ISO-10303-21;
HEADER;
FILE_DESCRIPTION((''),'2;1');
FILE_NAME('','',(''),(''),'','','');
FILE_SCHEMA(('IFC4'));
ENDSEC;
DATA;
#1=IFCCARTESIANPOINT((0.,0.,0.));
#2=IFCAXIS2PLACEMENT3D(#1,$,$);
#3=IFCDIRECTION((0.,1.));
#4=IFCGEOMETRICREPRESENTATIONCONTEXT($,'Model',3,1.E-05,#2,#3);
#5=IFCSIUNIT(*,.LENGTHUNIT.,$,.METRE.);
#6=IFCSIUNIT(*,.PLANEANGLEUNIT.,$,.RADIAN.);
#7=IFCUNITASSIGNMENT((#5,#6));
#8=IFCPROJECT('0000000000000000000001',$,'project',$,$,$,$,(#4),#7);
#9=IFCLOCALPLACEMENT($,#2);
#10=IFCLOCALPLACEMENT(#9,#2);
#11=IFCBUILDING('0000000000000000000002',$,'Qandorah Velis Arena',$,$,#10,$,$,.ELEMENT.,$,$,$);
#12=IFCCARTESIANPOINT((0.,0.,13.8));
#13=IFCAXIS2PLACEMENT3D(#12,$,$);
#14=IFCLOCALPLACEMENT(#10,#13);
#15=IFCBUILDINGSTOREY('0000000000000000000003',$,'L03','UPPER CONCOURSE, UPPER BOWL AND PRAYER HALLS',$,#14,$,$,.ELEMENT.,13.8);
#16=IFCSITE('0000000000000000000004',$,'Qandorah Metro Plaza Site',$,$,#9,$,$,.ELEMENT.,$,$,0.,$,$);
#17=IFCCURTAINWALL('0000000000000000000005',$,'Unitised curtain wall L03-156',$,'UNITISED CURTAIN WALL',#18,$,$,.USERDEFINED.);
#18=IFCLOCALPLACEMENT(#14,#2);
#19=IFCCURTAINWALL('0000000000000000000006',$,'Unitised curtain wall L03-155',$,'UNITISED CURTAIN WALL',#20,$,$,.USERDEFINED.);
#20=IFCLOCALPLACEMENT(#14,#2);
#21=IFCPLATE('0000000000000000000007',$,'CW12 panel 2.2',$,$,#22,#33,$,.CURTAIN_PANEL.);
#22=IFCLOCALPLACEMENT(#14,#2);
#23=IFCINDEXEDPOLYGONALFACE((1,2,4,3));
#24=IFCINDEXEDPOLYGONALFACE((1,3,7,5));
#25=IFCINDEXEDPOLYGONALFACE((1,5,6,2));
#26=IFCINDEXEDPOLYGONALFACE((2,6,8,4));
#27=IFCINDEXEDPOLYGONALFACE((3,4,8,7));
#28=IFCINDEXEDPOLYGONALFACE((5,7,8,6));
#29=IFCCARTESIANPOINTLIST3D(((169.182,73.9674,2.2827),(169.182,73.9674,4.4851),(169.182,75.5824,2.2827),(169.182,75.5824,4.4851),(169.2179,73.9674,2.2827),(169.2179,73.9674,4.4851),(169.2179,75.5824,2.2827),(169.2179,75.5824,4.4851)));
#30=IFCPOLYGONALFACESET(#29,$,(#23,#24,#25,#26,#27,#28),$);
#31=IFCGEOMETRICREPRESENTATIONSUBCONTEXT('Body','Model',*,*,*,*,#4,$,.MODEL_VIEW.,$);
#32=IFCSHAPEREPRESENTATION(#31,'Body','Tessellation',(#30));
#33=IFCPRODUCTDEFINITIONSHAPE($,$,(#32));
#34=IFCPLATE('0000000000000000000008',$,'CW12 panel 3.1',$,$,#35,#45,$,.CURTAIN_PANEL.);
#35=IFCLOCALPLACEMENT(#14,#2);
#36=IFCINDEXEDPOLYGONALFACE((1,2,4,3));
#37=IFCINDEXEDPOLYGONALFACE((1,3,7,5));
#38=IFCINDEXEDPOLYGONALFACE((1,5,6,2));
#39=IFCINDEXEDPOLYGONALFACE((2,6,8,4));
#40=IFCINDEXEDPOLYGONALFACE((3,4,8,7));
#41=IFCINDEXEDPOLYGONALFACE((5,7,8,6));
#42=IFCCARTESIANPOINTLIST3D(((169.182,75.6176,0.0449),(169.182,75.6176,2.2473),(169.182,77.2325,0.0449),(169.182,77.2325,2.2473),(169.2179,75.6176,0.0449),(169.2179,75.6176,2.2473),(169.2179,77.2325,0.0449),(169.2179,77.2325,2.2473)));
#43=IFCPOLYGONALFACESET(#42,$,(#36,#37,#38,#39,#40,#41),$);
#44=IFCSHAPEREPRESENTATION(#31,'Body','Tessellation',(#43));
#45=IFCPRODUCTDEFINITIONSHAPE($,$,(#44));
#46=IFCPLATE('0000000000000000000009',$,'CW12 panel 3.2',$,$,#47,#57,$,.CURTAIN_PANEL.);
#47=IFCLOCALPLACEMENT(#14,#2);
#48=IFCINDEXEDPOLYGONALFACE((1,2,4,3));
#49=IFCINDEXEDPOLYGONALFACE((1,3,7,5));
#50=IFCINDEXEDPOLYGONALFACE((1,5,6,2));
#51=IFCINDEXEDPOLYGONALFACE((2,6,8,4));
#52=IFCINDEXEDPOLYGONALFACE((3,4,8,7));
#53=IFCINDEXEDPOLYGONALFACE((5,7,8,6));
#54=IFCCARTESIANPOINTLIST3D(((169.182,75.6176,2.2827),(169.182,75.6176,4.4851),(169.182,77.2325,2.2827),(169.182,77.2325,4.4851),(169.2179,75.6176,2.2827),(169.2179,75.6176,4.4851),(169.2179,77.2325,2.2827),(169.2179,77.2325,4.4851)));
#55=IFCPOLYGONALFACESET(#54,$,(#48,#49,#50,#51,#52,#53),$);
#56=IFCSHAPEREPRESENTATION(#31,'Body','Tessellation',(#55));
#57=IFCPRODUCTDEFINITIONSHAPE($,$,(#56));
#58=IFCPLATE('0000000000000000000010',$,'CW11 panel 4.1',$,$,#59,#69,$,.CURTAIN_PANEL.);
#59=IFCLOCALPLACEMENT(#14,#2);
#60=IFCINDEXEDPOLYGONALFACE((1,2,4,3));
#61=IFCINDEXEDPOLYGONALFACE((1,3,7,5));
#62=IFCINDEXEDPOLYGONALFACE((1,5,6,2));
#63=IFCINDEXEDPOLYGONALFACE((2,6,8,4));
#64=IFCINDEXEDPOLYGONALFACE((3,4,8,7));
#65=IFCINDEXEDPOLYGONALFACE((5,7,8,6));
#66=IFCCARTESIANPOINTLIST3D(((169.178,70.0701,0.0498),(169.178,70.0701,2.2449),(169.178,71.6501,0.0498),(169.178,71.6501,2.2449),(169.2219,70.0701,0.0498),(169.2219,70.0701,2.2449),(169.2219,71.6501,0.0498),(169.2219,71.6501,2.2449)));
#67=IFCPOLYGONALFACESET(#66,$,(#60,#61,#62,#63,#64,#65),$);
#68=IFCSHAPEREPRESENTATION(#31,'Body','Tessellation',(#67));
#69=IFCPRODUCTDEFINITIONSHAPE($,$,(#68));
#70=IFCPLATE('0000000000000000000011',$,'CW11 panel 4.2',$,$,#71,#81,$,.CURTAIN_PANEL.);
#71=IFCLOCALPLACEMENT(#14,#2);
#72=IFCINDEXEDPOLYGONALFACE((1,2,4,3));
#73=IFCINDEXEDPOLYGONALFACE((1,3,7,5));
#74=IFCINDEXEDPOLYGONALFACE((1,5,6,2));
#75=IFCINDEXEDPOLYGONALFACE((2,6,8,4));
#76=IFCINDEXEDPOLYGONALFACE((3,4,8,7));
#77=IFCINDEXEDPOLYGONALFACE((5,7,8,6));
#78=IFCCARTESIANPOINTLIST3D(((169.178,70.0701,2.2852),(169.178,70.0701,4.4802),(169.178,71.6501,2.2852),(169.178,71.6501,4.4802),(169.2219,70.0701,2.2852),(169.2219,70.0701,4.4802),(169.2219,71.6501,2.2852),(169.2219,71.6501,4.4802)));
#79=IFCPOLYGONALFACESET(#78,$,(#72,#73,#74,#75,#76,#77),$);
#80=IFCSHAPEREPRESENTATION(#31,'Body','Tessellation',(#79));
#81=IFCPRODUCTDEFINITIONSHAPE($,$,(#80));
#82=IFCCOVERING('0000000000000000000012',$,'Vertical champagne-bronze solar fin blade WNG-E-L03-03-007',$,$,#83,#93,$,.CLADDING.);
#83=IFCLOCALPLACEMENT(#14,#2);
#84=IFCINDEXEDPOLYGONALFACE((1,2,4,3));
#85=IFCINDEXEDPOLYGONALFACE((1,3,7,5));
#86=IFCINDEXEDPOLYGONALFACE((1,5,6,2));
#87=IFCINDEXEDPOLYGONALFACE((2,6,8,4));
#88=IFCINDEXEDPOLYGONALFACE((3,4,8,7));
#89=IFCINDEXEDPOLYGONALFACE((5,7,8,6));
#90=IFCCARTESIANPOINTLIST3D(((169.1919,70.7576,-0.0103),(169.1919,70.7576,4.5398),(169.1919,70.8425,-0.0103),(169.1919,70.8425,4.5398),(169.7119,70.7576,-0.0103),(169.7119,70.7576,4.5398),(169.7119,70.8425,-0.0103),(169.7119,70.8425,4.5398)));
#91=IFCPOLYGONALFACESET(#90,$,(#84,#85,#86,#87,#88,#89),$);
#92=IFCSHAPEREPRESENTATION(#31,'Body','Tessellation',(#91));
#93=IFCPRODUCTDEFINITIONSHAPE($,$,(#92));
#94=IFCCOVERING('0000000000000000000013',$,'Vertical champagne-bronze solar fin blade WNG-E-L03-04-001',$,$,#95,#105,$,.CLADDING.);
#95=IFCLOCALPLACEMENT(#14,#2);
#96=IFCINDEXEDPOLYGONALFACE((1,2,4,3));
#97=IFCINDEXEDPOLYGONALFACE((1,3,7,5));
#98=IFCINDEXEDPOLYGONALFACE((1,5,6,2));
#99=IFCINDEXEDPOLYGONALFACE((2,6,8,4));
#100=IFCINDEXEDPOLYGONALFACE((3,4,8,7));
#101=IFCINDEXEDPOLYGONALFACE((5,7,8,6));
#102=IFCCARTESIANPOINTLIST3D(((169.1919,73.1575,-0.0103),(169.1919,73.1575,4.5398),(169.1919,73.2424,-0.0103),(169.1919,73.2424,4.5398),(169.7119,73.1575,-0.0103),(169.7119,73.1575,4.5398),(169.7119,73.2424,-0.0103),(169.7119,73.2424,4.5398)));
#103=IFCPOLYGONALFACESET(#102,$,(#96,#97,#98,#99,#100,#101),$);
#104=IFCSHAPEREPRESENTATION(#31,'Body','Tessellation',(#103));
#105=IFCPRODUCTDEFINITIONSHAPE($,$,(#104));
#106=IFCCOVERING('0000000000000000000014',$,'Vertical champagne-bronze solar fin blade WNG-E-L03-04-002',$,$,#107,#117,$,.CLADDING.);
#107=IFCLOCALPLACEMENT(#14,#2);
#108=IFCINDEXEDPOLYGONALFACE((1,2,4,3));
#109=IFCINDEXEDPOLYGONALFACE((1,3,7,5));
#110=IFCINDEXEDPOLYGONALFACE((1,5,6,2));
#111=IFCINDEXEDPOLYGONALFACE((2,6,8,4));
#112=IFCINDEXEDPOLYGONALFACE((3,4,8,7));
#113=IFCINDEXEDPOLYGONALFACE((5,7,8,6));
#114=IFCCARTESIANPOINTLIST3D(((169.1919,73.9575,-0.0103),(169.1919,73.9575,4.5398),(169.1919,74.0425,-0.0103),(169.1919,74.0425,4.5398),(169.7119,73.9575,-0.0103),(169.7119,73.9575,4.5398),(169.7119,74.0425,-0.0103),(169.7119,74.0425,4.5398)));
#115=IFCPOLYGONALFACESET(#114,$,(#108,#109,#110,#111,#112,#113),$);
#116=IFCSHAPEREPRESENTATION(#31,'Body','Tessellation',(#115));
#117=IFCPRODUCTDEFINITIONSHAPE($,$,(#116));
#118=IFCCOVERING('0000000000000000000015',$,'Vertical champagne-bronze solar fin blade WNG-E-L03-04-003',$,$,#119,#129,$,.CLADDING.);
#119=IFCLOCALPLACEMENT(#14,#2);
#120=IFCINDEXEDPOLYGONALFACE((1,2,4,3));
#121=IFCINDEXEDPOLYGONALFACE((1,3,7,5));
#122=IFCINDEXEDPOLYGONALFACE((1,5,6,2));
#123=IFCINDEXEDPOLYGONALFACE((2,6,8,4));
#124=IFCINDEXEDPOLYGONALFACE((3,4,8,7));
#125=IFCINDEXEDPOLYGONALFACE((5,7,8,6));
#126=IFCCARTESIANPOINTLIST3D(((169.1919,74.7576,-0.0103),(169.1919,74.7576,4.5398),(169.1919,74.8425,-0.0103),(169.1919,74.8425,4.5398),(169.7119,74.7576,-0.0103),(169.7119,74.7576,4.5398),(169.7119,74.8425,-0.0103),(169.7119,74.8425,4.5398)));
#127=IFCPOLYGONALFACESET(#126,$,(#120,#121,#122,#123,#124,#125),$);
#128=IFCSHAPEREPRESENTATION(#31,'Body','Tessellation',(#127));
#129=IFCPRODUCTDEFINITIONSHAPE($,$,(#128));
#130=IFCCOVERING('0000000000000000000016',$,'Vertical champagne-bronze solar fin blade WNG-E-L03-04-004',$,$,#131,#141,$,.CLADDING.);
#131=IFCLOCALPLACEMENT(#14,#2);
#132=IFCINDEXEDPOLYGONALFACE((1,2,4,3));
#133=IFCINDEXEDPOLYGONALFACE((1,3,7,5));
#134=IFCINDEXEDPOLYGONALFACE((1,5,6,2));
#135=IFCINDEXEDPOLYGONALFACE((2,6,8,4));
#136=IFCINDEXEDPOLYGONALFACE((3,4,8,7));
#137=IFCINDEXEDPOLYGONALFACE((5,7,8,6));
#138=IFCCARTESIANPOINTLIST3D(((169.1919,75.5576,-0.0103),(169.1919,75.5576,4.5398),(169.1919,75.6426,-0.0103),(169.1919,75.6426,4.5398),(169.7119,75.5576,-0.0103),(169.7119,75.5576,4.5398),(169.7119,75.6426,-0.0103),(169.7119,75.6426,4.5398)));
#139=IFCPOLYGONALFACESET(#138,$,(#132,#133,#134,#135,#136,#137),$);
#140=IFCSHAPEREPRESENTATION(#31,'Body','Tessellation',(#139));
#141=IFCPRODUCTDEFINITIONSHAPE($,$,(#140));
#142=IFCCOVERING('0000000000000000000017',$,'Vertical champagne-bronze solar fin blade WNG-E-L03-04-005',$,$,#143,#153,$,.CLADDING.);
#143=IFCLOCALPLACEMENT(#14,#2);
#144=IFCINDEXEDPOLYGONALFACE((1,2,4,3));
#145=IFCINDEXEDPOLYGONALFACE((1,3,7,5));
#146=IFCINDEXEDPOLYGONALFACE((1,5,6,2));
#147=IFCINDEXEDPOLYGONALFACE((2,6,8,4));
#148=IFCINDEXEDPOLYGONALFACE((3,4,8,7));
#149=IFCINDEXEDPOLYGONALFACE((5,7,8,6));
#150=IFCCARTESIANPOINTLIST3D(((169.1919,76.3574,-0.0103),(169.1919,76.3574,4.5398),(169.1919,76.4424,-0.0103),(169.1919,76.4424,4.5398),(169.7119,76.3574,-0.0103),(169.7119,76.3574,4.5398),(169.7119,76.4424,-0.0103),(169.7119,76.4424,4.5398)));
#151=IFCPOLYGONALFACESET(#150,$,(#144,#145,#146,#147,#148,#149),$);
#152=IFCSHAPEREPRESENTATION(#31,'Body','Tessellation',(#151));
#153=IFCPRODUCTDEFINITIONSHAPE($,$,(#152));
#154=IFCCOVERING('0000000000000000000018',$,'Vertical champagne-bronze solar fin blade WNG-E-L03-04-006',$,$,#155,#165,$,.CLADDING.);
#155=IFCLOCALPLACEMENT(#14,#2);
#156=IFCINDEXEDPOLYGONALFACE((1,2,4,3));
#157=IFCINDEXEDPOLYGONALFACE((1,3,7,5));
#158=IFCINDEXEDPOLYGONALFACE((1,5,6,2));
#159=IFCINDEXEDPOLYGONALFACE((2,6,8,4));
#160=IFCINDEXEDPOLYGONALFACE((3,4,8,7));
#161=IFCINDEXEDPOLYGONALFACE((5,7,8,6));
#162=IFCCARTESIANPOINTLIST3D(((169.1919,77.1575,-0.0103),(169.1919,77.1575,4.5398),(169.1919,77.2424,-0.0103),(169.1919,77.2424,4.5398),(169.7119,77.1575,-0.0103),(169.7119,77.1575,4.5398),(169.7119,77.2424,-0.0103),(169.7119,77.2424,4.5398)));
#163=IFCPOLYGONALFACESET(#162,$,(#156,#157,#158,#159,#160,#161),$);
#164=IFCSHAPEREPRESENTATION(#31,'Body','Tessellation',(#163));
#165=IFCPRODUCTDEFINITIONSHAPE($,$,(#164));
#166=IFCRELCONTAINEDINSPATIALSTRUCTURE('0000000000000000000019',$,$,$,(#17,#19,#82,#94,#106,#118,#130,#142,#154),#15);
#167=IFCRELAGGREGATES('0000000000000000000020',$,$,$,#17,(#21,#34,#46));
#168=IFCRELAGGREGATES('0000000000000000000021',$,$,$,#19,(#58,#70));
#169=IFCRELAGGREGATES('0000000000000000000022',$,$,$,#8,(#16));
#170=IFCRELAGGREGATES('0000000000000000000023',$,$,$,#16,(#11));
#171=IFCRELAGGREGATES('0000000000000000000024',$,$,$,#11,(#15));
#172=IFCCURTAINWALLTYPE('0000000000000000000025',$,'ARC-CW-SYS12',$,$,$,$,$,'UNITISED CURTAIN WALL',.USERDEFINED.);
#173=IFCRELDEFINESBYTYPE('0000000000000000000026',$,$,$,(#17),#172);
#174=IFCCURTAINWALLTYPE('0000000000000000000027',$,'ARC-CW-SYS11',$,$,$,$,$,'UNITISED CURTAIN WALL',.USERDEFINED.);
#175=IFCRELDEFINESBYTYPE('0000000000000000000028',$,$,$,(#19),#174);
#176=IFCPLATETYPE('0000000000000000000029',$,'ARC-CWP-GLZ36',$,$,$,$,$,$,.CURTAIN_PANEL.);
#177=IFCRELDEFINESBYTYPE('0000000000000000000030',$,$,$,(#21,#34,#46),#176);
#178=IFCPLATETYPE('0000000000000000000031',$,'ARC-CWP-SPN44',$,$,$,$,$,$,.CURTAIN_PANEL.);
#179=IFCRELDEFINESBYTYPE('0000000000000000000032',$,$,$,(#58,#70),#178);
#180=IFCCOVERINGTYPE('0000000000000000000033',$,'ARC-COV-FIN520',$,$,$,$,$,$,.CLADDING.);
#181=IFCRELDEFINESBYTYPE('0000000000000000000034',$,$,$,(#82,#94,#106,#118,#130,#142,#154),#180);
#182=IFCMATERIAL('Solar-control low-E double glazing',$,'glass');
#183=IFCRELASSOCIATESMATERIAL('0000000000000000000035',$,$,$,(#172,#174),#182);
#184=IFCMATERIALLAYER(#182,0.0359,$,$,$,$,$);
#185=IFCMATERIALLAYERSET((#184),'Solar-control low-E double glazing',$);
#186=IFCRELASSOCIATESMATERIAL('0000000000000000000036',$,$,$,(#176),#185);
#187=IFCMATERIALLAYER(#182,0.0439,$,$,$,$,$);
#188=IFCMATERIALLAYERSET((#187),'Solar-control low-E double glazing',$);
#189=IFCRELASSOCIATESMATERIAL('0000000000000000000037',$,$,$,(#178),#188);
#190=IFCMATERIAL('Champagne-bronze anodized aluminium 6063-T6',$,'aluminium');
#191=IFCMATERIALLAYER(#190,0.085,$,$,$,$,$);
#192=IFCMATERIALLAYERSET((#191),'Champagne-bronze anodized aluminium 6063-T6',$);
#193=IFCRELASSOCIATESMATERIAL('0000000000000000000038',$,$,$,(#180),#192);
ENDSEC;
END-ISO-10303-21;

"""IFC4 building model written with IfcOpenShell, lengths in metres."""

from ifc_helpers import new_model, si_unit, direction, frame, origin, origin_2d, place, context, subcontext, project, spatial, rectangle, extrude, material, layer, layer_set, type_object, element, aggregate, save


model = new_model("IFC4")

# Units and contexts
model_context = context("Model", 3, precision=1e-05, world=origin(), true_north=direction((0.0, 1.0)))
body_context = subcontext(model_context, "Body", "Model", "MODEL_VIEW")
ifc_project = project(units=[si_unit("LENGTHUNIT", "METRE"), si_unit("PLANEANGLEUNIT", "RADIAN")], contexts=[model_context])

# Site, building, storey
site_placement = place(None, origin())
site = spatial("IfcSite", under=ifc_project, at=site_placement, Name="Qandorah Metro Plaza Site", CompositionType="ELEMENT", RefElevation=0.0)
building_placement = place(site_placement, origin())
building = spatial("IfcBuilding", under=site, at=building_placement, Name="Qandorah Velis Arena", CompositionType="ELEMENT")
storey_placement = place(building_placement, frame((0.0, 0.0, 13.8)))
storey = spatial("IfcBuildingStorey", under=building, at=storey_placement, Name="L03", Description="UPPER CONCOURSE, UPPER BOWL AND PRAYER HALLS", CompositionType="ELEMENT", Elevation=13.8)

# Curtain wall
ifc_material_1 = material(Name="Solar-control low-E double glazing", Category="glass")
curtain_wall_type_1 = type_object("IfcCurtainWallType", Name="ARC-CW-SYS12", ElementType="UNITISED CURTAIN WALL", PredefinedType="USERDEFINED", material=ifc_material_1)
curtain_wall_1_placement = place(storey_placement, origin())
curtain_wall_1 = element("IfcCurtainWall", 1, at=curtain_wall_1_placement, inside=storey, type_object=curtain_wall_type_1, Name="Unitised curtain wall L03-156", ObjectType="UNITISED CURTAIN WALL", PredefinedType="USERDEFINED")
ifc_material_2 = material(Name="Champagne-bronze anodized aluminium 6063-T6", Category="aluminium")

# Curtain wall
curtain_wall_type_2 = type_object("IfcCurtainWallType", Name="ARC-CW-SYS11", ElementType="UNITISED CURTAIN WALL", PredefinedType="USERDEFINED", material=ifc_material_1)
curtain_wall_2_placement = place(storey_placement, origin())
curtain_wall_2 = element("IfcCurtainWall", 2, at=curtain_wall_2_placement, inside=storey, type_object=curtain_wall_type_2, Name="Unitised curtain wall L03-155", ObjectType="UNITISED CURTAIN WALL", PredefinedType="USERDEFINED")

# Plates
ifc_layer_1 = layer(ifc_material_1, 0.0359)
ifc_layer_set_1 = layer_set([ifc_layer_1], Name="Solar-control low-E double glazing")
plate_type_1 = type_object("IfcPlateType", Name="ARC-CWP-GLZ36", PredefinedType="CURTAIN_PANEL", material=ifc_layer_set_1)
plate_1_placement = place(storey_placement, frame((169.2, 74.7749, 2.2827), z_axis=(0.0, 0.0, 1.0), x_axis=(0.0, 1.0, 0.0)))
plate_1 = element("IfcPlate", 3, at=plate_1_placement, type_object=plate_type_1, Name="CW12 panel 2.2", PredefinedType="CURTAIN_PANEL", context=body_context, shape_type="SweptSolid", body=[
    extrude(rectangle(XDim=1.615, YDim=0.0359, at=origin_2d()), origin(), (0.0, 0.0, 1.0), 2.2024),
])
plate_2_placement = place(storey_placement, frame((169.2, 76.425, 0.0449), z_axis=(0.0, 0.0, 1.0), x_axis=(0.0, 1.0, 0.0)))
plate_2 = element("IfcPlate", 4, at=plate_2_placement, type_object=plate_type_1, Name="CW12 panel 3.1", PredefinedType="CURTAIN_PANEL", context=body_context, shape_type="SweptSolid", body=[
    extrude(rectangle(XDim=1.615, YDim=0.0359, at=origin_2d()), origin(), (0.0, 0.0, 1.0), 2.2024),
])
plate_3_placement = place(storey_placement, frame((169.2, 76.425, 2.2827), z_axis=(0.0, 0.0, 1.0), x_axis=(0.0, 1.0, 0.0)))
plate_3 = element("IfcPlate", 5, at=plate_3_placement, type_object=plate_type_1, Name="CW12 panel 3.2", PredefinedType="CURTAIN_PANEL", context=body_context, shape_type="SweptSolid", body=[
    extrude(rectangle(XDim=1.615, YDim=0.0359, at=origin_2d()), origin(), (0.0, 0.0, 1.0), 2.2024),
])
aggregate(curtain_wall_1, [plate_1, plate_2, plate_3])
ifc_layer_2 = layer(ifc_material_1, 0.0439)
ifc_layer_set_2 = layer_set([ifc_layer_2], Name="Solar-control low-E double glazing")
plate_type_2 = type_object("IfcPlateType", Name="ARC-CWP-SPN44", PredefinedType="CURTAIN_PANEL", material=ifc_layer_set_2)
plate_4_placement = place(storey_placement, frame((169.2, 70.8601, 0.0498), z_axis=(0.0, 0.0, 1.0), x_axis=(0.0, 1.0, 0.0)))
plate_4 = element("IfcPlate", 6, at=plate_4_placement, type_object=plate_type_2, Name="CW11 panel 4.1", PredefinedType="CURTAIN_PANEL", context=body_context, shape_type="SweptSolid", body=[
    extrude(rectangle(XDim=1.5801, YDim=0.0439, at=origin_2d()), origin(), (0.0, 0.0, 1.0), 2.1951),
])
plate_5_placement = place(storey_placement, frame((169.2, 70.8601, 2.2852), z_axis=(0.0, 0.0, 1.0), x_axis=(0.0, 1.0, 0.0)))
plate_5 = element("IfcPlate", 7, at=plate_5_placement, type_object=plate_type_2, Name="CW11 panel 4.2", PredefinedType="CURTAIN_PANEL", context=body_context, shape_type="SweptSolid", body=[
    extrude(rectangle(XDim=1.5801, YDim=0.0439, at=origin_2d()), origin(), (0.0, 0.0, 1.0), 2.1951),
])
aggregate(curtain_wall_2, [plate_4, plate_5])

# Coverings
ifc_layer_3 = layer(ifc_material_2, 0.085)
ifc_layer_set_3 = layer_set([ifc_layer_3], Name="Champagne-bronze anodized aluminium 6063-T6")
covering_type = type_object("IfcCoveringType", Name="ARC-COV-FIN520", PredefinedType="CLADDING", material=ifc_layer_set_3)
for number, where, z_axis, x_axis, name in (
    (8, (169.4519, 70.8, -0.0103), (0.0, 0.0, 1.0), (1.0, 0.0, 0.0), "Vertical champagne-bronze solar fin blade WNG-E-L03-03-007"),
    (9, (169.4519, 73.2, -0.0103), (0.0, 0.0, 1.0), (1.0, 0.0, 0.0), "Vertical champagne-bronze solar fin blade WNG-E-L03-04-001"),
    (10, (169.4519, 74.0, -0.0103), (0.0, 0.0, 1.0), (1.0, 0.0, 0.0), "Vertical champagne-bronze solar fin blade WNG-E-L03-04-002"),
    (11, (169.4519, 74.8, -0.0103), (0.0, 0.0, 1.0), (1.0, 0.0, 0.0), "Vertical champagne-bronze solar fin blade WNG-E-L03-04-003"),
    (12, (169.4519, 75.6001, -0.0103), (0.0, 0.0, 1.0), (1.0, 0.0, 0.0), "Vertical champagne-bronze solar fin blade WNG-E-L03-04-004"),
    (13, (169.4519, 76.3999, -0.0103), (0.0, 0.0, 1.0), (1.0, 0.0, 0.0), "Vertical champagne-bronze solar fin blade WNG-E-L03-04-005"),
    (14, (169.4519, 77.2, -0.0103), (0.0, 0.0, 1.0), (1.0, 0.0, 0.0), "Vertical champagne-bronze solar fin blade WNG-E-L03-04-006"),
):
    element("IfcCovering", number, at=place(storey_placement, frame(where, z_axis=z_axis, x_axis=x_axis)), inside=storey, type_object=covering_type, Name=name, PredefinedType="CLADDING", context=body_context, shape_type="SweptSolid", body=[
        extrude(rectangle(XDim=0.52, YDim=0.085, at=origin_2d()), origin(), (0.0, 0.0, 1.0), 4.55),
    ])

save(model, "model.ifc")
